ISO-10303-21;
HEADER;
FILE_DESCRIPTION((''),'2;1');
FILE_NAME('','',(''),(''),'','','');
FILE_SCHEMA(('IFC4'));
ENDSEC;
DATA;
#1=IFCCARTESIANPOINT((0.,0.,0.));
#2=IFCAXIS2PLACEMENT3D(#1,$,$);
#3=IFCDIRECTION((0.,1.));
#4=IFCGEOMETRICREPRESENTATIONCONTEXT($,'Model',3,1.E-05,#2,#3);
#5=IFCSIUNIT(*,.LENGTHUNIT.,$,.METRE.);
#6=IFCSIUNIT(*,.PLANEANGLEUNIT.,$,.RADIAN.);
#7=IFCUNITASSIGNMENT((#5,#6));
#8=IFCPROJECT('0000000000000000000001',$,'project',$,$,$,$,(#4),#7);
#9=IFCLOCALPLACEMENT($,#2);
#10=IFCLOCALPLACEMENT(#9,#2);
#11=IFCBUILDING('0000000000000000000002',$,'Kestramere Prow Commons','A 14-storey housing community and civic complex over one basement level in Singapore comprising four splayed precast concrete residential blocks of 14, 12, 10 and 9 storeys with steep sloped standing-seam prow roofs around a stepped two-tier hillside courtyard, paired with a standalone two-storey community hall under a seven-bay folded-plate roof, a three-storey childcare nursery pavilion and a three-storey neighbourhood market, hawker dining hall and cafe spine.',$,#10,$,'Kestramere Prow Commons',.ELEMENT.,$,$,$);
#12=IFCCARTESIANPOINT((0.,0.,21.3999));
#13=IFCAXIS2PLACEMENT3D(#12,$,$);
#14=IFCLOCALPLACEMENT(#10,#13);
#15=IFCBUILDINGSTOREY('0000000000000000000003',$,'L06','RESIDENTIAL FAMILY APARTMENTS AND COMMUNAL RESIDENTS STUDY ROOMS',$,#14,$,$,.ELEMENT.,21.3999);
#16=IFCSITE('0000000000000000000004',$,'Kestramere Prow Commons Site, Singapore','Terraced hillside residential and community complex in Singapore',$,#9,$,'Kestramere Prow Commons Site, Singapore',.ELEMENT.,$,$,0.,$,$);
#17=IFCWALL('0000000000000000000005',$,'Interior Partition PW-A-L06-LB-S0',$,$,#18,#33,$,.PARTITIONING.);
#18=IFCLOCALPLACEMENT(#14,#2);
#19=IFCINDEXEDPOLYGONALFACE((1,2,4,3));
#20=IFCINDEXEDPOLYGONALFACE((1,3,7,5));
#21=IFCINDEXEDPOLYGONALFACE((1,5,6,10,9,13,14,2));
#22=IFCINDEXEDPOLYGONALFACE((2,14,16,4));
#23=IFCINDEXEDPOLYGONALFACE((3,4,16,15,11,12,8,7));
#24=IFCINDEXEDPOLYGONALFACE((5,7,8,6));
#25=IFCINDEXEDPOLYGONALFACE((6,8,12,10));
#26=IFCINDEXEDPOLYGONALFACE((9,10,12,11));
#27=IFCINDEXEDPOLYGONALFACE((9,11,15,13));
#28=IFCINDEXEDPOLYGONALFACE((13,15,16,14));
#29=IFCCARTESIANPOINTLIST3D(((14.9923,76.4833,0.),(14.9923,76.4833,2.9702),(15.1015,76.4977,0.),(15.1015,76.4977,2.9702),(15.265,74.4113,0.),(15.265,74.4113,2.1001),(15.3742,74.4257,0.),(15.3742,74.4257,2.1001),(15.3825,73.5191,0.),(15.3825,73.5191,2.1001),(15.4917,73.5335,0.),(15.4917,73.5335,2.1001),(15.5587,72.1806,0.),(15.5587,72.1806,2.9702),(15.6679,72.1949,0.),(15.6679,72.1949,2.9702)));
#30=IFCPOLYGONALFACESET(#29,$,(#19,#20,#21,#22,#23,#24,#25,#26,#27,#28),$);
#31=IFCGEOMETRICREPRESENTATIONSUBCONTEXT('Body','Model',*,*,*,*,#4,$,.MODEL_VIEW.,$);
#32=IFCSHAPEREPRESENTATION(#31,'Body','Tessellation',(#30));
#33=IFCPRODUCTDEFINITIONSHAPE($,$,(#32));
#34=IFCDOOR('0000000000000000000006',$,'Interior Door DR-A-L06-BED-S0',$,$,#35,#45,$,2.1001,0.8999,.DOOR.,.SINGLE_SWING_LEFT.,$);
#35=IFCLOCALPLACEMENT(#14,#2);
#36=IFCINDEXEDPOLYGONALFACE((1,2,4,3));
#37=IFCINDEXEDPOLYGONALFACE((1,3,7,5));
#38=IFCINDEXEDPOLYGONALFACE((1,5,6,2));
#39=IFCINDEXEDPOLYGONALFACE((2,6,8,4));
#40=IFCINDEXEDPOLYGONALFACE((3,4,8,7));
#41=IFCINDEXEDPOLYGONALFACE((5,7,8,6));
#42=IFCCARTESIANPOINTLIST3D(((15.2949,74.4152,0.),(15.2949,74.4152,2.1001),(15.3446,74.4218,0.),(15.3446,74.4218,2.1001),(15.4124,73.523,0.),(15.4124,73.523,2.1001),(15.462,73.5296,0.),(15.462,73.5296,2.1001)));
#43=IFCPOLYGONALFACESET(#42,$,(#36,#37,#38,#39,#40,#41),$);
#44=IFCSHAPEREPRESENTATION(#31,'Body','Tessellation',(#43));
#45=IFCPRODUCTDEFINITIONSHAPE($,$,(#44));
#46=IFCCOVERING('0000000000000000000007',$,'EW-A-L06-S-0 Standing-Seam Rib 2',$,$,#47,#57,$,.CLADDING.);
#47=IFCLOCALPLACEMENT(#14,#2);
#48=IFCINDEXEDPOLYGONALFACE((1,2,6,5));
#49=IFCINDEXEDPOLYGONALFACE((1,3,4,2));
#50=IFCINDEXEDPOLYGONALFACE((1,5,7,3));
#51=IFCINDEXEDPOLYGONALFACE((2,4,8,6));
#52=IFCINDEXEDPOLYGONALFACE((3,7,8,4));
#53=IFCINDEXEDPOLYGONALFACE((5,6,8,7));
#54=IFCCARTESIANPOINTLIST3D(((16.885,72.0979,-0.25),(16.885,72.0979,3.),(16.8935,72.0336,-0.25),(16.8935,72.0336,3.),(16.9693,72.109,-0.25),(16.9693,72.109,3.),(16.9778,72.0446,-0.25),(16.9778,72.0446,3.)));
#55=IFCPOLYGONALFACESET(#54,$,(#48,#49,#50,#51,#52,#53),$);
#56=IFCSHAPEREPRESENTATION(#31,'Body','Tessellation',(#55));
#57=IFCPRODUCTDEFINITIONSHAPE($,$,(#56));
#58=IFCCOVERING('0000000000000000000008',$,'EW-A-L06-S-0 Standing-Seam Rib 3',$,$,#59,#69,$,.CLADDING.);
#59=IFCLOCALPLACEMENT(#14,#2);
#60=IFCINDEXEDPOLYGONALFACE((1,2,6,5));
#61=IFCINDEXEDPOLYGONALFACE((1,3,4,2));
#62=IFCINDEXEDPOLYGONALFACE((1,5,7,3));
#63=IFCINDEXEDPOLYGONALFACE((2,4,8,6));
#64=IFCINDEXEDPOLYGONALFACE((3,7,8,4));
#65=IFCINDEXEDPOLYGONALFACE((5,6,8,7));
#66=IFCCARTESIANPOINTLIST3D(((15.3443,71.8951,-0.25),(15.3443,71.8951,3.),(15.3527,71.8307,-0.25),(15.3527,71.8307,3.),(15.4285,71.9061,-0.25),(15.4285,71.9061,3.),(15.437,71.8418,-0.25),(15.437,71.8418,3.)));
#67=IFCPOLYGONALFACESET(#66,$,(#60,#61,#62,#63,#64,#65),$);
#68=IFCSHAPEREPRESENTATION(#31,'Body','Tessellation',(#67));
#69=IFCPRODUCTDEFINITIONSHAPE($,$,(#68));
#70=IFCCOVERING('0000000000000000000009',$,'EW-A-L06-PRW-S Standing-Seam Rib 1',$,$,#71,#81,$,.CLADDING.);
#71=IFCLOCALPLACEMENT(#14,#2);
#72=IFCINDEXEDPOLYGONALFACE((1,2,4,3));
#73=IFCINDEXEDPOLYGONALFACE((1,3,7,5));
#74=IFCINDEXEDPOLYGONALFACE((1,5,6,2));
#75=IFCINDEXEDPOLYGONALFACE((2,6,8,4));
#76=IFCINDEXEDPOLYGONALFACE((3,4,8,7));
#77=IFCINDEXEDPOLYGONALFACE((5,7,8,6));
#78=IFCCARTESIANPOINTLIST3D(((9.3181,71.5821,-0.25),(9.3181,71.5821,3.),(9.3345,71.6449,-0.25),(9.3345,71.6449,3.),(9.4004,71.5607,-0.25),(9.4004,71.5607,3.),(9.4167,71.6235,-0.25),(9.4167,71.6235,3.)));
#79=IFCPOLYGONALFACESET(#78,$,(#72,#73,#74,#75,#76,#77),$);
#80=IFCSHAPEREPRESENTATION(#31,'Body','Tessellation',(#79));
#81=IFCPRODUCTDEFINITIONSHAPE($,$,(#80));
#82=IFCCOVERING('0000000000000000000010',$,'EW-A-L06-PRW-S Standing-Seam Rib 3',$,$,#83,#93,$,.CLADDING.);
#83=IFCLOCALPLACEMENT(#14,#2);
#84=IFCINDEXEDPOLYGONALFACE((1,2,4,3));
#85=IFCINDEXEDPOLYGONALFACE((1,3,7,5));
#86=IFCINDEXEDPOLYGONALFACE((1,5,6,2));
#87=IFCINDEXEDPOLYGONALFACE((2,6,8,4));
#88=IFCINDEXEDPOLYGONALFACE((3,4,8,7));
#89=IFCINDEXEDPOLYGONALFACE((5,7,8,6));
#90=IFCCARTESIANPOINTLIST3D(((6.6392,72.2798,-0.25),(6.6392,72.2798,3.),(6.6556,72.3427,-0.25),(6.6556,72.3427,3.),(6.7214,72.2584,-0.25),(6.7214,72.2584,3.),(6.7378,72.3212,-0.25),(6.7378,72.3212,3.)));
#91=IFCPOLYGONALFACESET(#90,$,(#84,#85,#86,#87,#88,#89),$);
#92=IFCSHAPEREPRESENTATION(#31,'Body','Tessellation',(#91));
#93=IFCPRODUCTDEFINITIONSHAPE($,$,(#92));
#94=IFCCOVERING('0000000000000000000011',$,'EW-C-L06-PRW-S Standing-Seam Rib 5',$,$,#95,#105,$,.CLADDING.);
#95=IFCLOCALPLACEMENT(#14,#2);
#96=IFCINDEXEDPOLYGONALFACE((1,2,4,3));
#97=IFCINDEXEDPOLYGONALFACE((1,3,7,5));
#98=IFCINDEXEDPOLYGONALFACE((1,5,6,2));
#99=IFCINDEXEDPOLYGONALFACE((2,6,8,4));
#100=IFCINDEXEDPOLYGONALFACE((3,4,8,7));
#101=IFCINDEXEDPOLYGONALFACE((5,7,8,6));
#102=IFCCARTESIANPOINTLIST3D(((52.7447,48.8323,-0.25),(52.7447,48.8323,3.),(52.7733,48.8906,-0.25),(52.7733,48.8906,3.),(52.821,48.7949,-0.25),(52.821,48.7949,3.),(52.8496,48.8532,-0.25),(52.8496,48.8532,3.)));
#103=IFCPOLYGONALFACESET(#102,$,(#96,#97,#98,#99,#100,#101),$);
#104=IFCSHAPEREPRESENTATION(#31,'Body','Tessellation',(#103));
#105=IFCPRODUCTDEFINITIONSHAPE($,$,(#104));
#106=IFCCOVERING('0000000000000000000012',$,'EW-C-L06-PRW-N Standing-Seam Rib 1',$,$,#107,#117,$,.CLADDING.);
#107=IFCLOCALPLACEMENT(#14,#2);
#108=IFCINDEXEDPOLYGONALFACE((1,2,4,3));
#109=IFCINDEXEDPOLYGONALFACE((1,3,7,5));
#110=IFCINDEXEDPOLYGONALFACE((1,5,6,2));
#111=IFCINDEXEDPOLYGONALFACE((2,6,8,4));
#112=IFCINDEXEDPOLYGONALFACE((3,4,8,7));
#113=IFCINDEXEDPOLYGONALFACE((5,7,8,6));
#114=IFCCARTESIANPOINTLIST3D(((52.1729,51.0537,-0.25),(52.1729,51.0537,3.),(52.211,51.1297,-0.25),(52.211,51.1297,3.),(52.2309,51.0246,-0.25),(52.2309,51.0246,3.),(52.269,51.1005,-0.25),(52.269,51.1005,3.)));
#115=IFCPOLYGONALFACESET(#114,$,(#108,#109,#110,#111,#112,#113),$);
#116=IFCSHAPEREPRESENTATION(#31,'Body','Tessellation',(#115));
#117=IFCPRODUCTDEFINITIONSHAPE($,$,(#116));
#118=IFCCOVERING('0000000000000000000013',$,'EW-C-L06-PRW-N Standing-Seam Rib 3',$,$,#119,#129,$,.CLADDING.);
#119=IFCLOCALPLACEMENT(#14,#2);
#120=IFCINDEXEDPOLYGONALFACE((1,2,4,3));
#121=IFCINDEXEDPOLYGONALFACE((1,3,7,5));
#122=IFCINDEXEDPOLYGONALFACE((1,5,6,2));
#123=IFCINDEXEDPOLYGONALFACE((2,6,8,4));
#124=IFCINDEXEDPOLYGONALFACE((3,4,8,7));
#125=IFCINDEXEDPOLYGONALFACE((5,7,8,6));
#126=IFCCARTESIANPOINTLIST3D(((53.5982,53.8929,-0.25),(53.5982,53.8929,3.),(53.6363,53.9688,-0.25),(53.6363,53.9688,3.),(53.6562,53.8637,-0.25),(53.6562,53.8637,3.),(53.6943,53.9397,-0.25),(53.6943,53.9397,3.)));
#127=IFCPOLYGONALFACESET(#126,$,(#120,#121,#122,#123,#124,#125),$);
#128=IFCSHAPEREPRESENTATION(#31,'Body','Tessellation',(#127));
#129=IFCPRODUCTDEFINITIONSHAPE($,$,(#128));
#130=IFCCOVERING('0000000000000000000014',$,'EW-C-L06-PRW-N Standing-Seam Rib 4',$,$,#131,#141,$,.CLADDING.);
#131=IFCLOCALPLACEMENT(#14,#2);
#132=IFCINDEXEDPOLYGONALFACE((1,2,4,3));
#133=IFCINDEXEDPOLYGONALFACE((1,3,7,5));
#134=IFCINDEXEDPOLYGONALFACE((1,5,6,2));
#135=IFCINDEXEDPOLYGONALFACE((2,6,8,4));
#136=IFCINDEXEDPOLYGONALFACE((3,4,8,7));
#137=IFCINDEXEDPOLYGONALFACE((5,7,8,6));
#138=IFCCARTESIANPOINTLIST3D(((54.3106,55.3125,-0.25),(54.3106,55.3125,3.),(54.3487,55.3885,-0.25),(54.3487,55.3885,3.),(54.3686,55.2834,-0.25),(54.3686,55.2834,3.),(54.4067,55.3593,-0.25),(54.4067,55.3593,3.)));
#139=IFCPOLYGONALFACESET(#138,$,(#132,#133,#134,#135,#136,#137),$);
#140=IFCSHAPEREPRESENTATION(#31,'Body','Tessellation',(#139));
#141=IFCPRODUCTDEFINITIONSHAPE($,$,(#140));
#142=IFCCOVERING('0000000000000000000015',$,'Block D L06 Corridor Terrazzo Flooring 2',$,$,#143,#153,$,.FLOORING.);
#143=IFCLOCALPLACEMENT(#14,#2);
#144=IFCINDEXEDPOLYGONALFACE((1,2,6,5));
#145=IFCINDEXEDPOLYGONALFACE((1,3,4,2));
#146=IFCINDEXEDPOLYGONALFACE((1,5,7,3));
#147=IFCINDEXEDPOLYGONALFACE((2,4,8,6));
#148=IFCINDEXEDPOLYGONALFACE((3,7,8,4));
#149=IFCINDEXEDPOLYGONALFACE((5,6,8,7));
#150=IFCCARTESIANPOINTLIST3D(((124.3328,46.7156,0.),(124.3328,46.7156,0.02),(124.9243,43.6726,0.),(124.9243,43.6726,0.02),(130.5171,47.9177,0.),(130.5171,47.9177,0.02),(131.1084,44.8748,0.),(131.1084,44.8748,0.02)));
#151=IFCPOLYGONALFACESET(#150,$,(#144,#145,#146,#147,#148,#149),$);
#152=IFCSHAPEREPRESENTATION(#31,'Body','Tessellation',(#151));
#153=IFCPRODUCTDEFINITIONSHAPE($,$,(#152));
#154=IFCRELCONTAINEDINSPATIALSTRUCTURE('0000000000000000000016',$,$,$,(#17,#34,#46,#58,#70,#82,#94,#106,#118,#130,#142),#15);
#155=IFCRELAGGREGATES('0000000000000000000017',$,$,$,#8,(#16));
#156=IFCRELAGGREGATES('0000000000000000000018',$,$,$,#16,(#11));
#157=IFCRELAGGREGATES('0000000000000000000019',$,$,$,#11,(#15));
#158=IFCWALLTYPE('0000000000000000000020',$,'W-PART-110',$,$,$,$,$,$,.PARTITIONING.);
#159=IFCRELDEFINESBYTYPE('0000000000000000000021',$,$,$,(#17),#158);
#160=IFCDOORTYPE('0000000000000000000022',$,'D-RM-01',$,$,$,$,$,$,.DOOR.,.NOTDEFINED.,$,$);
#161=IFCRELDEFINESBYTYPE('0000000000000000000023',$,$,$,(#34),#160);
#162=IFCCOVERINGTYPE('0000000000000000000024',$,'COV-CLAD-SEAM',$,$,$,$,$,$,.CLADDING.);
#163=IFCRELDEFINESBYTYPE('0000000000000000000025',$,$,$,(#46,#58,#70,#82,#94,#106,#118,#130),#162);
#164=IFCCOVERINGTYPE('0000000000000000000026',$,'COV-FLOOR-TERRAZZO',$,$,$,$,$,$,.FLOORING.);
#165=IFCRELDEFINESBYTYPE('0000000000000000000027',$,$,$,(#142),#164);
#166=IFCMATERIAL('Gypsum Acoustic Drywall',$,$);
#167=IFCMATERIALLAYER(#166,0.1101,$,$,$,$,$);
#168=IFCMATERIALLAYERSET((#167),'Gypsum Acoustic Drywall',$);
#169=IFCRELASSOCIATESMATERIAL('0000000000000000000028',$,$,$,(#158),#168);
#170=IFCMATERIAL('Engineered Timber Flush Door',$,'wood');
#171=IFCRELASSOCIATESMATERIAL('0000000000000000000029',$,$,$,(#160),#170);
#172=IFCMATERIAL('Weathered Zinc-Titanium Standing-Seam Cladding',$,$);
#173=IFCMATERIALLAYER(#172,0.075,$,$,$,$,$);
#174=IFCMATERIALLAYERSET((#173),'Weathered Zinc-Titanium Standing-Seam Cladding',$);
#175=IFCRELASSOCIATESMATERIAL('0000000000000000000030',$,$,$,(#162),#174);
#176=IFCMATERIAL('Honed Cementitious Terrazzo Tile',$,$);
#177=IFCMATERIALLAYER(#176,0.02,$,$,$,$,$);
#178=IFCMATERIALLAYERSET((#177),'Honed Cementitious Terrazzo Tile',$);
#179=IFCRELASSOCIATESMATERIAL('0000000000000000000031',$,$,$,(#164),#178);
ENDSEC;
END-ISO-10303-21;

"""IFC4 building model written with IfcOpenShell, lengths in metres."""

from ifc_helpers import new_model, si_unit, direction, frame, frame_2d, origin, origin_2d, place, context, subcontext, project, spatial, polyline, rectangle, outline, extrude, material, layer, layer_set, type_object, element, fill, save


model = new_model("IFC4")

# Units and contexts
model_context = context("Model", 3, precision=1e-05, world=origin(), true_north=direction((0.0, 1.0)))
body_context = subcontext(model_context, "Body", "Model", "MODEL_VIEW")
ifc_project = project(units=[si_unit("LENGTHUNIT", "METRE"), si_unit("PLANEANGLEUNIT", "RADIAN")], contexts=[model_context])

# Site, building, storey
site_placement = place(None, origin())
site = spatial("IfcSite", under=ifc_project, at=site_placement, Name="Kestramere Prow Commons Site, Singapore", Description="Terraced hillside residential and community complex in Singapore", LongName="Kestramere Prow Commons Site, Singapore", CompositionType="ELEMENT", RefElevation=0.0)
building_placement = place(site_placement, origin())
building = spatial("IfcBuilding", under=site, at=building_placement, Name="Kestramere Prow Commons", Description="A 14-storey housing community and civic complex over one basement level in Singapore comprising four splayed precast concrete residential blocks of 14, 12, 10 and 9 storeys with steep sloped standing-seam prow roofs around a stepped two-tier hillside courtyard, paired with a standalone two-storey community hall under a seven-bay folded-plate roof, a three-storey childcare nursery pavilion and a three-storey neighbourhood market, hawker dining hall and cafe spine.", LongName="Kestramere Prow Commons", CompositionType="ELEMENT")
storey_placement = place(building_placement, frame((0.0, 0.0, 21.3999)))
storey = spatial("IfcBuildingStorey", under=building, at=storey_placement, Name="L06", Description="RESIDENTIAL FAMILY APARTMENTS AND COMMUNAL RESIDENTS STUDY ROOMS", CompositionType="ELEMENT", Elevation=21.3999)

# Shared definitions
ifc_material_1 = material(Name="Weathered Zinc-Titanium Standing-Seam Cladding")

# Wall, opening, door
ifc_material_2 = material(Name="Gypsum Acoustic Drywall")
ifc_layer_1 = layer(ifc_material_2, 0.1101)
ifc_layer_set_1 = layer_set([ifc_layer_1], Name="Gypsum Acoustic Drywall")
wall_type_1 = type_object("IfcWallType", Name="W-PART-110", PredefinedType="PARTITIONING", material=ifc_layer_set_1)
wall_1_placement = place(storey_placement, frame((15.6133, 72.1877, 0.0), z_axis=(0.0, 0.0, 1.0), x_axis=(-0.130513, 0.991447, 0.0)))
wall_1 = element("IfcWall", 1, at=wall_1_placement, inside=storey, type_object=wall_type_1, Name="Interior Partition PW-A-L06-LB-S0", PredefinedType="PARTITIONING", context=body_context, shape_type="SweptSolid", body=[
    extrude(rectangle(XDim=4.3398, YDim=0.1101, at=frame_2d((2.1699, 0.0))), origin(), (0.0, 0.0, 1.0), 2.9702),
])
opening_1_placement = place(wall_1_placement, frame((1.3501, 0.0, 0.0)))
opening_1 = element("IfcOpeningElement", 2, at=opening_1_placement, cuts=wall_1, PredefinedType="OPENING", context=body_context, shape_type="SweptSolid", body=[
    extrude(rectangle(XDim=0.8999, YDim=2.1001, at=frame_2d((0.45, 1.05))), frame((0.0, 0.0701, 0.0), z_axis=(0.0, -1.0, 0.0), x_axis=(1.0, 0.0, 0.0)), (0.0, 0.0, 1.0), 0.1401),
])
ifc_material_3 = material(Name="Engineered Timber Flush Door", Category="wood")
door_type = type_object("IfcDoorType", Name="D-RM-01", OperationType="NOTDEFINED", PredefinedType="DOOR", material=ifc_material_3)
door_placement = place(opening_1_placement, origin())
door = element("IfcDoor", 3, at=door_placement, inside=storey, type_object=door_type, Name="Interior Door DR-A-L06-BED-S0", OperationType="SINGLE_SWING_LEFT", OverallHeight=2.1001, OverallWidth=0.8999, PredefinedType="DOOR", context=body_context, shape_type="SweptSolid", body=[
    extrude(rectangle(XDim=0.8999, YDim=2.1001, at=frame_2d((0.45, 1.05))), frame((0.0, 0.0249, 0.0), z_axis=(0.0, -1.0, 0.0), x_axis=(1.0, 0.0, 0.0)), (0.0, 0.0, 1.0), 0.05),
])
fill(opening_1, door)

# Coverings
ifc_layer_2 = layer(ifc_material_1, 0.075)
ifc_layer_set_2 = layer_set([ifc_layer_2], Name="Weathered Zinc-Titanium Standing-Seam Cladding")
covering_type_1 = type_object("IfcCoveringType", Name="COV-CLAD-SEAM", PredefinedType="CLADDING", material=ifc_layer_set_2)
for number, where, z_axis, x_axis, name in (
    (4, (16.9314, 72.0713, -0.25), (0.0, 0.0, 1.0), (-0.991445, -0.130526, 0.0), "EW-A-L06-S-0 Standing-Seam Rib 2"),
    (5, (15.3906, 71.8684, -0.25), (0.0, 0.0, 1.0), (-0.991445, -0.130526, 0.0), "EW-A-L06-S-0 Standing-Seam Rib 3"),
    (6, (9.3674, 71.6028, -0.25), (0.0, 0.0, 1.0), (-0.967698, 0.252112, 0.0), "EW-A-L06-PRW-S Standing-Seam Rib 1"),
    (7, (6.6885, 72.3005, -0.25), (0.0, 0.0, 1.0), (-0.967698, 0.252112, 0.0), "EW-A-L06-PRW-S Standing-Seam Rib 3"),
    (8, (52.7971, 48.8428, -0.25), (0.0, 0.0, 1.0), (-0.897771, 0.440463, 0.0), "EW-C-L06-PRW-S Standing-Seam Rib 5"),
    (9, (52.2209, 51.0771, -0.25), (0.0, 0.0, 1.0), (0.44862, 0.893722, 0.0), "EW-C-L06-PRW-N Standing-Seam Rib 1"),
    (10, (53.6462, 53.9163, -0.25), (0.0, 0.0, 1.0), (0.44862, 0.893722, 0.0), "EW-C-L06-PRW-N Standing-Seam Rib 3"),
    (11, (54.3586, 55.3359, -0.25), (0.0, 0.0, 1.0), (0.44862, 0.893722, 0.0), "EW-C-L06-PRW-N Standing-Seam Rib 4"),
):
    element("IfcCovering", number, at=place(storey_placement, frame(where, z_axis=z_axis, x_axis=x_axis)), inside=storey, type_object=covering_type_1, Name=name, PredefinedType="CLADDING", context=body_context, shape_type="SweptSolid", body=[
        extrude(rectangle(XDim=0.085, YDim=0.0649, at=origin_2d()), origin(), (0.0, 0.0, 1.0), 3.25),
    ])
ifc_material_4 = material(Name="Honed Cementitious Terrazzo Tile")
ifc_layer_3 = layer(ifc_material_4, 0.02)
ifc_layer_set_3 = layer_set([ifc_layer_3], Name="Honed Cementitious Terrazzo Tile")
covering_type_2 = type_object("IfcCoveringType", Name="COV-FLOOR-TERRAZZO", PredefinedType="FLOORING", material=ifc_layer_set_3)
covering_placement = place(storey_placement, origin())
element("IfcCovering", 12, at=covering_placement, inside=storey, type_object=covering_type_2, Name="Block D L06 Corridor Terrazzo Flooring 2", PredefinedType="FLOORING", context=body_context, shape_type="SweptSolid", body=[
    extrude(outline(polyline([(124.9243, 43.6726), (131.1084, 44.8748), (130.5171, 47.9177), (124.3328, 46.7156), (124.9243, 43.6726)])), origin(), (0.0, 0.0, 1.0), 0.02),
])

save(model, "model.ifc")
